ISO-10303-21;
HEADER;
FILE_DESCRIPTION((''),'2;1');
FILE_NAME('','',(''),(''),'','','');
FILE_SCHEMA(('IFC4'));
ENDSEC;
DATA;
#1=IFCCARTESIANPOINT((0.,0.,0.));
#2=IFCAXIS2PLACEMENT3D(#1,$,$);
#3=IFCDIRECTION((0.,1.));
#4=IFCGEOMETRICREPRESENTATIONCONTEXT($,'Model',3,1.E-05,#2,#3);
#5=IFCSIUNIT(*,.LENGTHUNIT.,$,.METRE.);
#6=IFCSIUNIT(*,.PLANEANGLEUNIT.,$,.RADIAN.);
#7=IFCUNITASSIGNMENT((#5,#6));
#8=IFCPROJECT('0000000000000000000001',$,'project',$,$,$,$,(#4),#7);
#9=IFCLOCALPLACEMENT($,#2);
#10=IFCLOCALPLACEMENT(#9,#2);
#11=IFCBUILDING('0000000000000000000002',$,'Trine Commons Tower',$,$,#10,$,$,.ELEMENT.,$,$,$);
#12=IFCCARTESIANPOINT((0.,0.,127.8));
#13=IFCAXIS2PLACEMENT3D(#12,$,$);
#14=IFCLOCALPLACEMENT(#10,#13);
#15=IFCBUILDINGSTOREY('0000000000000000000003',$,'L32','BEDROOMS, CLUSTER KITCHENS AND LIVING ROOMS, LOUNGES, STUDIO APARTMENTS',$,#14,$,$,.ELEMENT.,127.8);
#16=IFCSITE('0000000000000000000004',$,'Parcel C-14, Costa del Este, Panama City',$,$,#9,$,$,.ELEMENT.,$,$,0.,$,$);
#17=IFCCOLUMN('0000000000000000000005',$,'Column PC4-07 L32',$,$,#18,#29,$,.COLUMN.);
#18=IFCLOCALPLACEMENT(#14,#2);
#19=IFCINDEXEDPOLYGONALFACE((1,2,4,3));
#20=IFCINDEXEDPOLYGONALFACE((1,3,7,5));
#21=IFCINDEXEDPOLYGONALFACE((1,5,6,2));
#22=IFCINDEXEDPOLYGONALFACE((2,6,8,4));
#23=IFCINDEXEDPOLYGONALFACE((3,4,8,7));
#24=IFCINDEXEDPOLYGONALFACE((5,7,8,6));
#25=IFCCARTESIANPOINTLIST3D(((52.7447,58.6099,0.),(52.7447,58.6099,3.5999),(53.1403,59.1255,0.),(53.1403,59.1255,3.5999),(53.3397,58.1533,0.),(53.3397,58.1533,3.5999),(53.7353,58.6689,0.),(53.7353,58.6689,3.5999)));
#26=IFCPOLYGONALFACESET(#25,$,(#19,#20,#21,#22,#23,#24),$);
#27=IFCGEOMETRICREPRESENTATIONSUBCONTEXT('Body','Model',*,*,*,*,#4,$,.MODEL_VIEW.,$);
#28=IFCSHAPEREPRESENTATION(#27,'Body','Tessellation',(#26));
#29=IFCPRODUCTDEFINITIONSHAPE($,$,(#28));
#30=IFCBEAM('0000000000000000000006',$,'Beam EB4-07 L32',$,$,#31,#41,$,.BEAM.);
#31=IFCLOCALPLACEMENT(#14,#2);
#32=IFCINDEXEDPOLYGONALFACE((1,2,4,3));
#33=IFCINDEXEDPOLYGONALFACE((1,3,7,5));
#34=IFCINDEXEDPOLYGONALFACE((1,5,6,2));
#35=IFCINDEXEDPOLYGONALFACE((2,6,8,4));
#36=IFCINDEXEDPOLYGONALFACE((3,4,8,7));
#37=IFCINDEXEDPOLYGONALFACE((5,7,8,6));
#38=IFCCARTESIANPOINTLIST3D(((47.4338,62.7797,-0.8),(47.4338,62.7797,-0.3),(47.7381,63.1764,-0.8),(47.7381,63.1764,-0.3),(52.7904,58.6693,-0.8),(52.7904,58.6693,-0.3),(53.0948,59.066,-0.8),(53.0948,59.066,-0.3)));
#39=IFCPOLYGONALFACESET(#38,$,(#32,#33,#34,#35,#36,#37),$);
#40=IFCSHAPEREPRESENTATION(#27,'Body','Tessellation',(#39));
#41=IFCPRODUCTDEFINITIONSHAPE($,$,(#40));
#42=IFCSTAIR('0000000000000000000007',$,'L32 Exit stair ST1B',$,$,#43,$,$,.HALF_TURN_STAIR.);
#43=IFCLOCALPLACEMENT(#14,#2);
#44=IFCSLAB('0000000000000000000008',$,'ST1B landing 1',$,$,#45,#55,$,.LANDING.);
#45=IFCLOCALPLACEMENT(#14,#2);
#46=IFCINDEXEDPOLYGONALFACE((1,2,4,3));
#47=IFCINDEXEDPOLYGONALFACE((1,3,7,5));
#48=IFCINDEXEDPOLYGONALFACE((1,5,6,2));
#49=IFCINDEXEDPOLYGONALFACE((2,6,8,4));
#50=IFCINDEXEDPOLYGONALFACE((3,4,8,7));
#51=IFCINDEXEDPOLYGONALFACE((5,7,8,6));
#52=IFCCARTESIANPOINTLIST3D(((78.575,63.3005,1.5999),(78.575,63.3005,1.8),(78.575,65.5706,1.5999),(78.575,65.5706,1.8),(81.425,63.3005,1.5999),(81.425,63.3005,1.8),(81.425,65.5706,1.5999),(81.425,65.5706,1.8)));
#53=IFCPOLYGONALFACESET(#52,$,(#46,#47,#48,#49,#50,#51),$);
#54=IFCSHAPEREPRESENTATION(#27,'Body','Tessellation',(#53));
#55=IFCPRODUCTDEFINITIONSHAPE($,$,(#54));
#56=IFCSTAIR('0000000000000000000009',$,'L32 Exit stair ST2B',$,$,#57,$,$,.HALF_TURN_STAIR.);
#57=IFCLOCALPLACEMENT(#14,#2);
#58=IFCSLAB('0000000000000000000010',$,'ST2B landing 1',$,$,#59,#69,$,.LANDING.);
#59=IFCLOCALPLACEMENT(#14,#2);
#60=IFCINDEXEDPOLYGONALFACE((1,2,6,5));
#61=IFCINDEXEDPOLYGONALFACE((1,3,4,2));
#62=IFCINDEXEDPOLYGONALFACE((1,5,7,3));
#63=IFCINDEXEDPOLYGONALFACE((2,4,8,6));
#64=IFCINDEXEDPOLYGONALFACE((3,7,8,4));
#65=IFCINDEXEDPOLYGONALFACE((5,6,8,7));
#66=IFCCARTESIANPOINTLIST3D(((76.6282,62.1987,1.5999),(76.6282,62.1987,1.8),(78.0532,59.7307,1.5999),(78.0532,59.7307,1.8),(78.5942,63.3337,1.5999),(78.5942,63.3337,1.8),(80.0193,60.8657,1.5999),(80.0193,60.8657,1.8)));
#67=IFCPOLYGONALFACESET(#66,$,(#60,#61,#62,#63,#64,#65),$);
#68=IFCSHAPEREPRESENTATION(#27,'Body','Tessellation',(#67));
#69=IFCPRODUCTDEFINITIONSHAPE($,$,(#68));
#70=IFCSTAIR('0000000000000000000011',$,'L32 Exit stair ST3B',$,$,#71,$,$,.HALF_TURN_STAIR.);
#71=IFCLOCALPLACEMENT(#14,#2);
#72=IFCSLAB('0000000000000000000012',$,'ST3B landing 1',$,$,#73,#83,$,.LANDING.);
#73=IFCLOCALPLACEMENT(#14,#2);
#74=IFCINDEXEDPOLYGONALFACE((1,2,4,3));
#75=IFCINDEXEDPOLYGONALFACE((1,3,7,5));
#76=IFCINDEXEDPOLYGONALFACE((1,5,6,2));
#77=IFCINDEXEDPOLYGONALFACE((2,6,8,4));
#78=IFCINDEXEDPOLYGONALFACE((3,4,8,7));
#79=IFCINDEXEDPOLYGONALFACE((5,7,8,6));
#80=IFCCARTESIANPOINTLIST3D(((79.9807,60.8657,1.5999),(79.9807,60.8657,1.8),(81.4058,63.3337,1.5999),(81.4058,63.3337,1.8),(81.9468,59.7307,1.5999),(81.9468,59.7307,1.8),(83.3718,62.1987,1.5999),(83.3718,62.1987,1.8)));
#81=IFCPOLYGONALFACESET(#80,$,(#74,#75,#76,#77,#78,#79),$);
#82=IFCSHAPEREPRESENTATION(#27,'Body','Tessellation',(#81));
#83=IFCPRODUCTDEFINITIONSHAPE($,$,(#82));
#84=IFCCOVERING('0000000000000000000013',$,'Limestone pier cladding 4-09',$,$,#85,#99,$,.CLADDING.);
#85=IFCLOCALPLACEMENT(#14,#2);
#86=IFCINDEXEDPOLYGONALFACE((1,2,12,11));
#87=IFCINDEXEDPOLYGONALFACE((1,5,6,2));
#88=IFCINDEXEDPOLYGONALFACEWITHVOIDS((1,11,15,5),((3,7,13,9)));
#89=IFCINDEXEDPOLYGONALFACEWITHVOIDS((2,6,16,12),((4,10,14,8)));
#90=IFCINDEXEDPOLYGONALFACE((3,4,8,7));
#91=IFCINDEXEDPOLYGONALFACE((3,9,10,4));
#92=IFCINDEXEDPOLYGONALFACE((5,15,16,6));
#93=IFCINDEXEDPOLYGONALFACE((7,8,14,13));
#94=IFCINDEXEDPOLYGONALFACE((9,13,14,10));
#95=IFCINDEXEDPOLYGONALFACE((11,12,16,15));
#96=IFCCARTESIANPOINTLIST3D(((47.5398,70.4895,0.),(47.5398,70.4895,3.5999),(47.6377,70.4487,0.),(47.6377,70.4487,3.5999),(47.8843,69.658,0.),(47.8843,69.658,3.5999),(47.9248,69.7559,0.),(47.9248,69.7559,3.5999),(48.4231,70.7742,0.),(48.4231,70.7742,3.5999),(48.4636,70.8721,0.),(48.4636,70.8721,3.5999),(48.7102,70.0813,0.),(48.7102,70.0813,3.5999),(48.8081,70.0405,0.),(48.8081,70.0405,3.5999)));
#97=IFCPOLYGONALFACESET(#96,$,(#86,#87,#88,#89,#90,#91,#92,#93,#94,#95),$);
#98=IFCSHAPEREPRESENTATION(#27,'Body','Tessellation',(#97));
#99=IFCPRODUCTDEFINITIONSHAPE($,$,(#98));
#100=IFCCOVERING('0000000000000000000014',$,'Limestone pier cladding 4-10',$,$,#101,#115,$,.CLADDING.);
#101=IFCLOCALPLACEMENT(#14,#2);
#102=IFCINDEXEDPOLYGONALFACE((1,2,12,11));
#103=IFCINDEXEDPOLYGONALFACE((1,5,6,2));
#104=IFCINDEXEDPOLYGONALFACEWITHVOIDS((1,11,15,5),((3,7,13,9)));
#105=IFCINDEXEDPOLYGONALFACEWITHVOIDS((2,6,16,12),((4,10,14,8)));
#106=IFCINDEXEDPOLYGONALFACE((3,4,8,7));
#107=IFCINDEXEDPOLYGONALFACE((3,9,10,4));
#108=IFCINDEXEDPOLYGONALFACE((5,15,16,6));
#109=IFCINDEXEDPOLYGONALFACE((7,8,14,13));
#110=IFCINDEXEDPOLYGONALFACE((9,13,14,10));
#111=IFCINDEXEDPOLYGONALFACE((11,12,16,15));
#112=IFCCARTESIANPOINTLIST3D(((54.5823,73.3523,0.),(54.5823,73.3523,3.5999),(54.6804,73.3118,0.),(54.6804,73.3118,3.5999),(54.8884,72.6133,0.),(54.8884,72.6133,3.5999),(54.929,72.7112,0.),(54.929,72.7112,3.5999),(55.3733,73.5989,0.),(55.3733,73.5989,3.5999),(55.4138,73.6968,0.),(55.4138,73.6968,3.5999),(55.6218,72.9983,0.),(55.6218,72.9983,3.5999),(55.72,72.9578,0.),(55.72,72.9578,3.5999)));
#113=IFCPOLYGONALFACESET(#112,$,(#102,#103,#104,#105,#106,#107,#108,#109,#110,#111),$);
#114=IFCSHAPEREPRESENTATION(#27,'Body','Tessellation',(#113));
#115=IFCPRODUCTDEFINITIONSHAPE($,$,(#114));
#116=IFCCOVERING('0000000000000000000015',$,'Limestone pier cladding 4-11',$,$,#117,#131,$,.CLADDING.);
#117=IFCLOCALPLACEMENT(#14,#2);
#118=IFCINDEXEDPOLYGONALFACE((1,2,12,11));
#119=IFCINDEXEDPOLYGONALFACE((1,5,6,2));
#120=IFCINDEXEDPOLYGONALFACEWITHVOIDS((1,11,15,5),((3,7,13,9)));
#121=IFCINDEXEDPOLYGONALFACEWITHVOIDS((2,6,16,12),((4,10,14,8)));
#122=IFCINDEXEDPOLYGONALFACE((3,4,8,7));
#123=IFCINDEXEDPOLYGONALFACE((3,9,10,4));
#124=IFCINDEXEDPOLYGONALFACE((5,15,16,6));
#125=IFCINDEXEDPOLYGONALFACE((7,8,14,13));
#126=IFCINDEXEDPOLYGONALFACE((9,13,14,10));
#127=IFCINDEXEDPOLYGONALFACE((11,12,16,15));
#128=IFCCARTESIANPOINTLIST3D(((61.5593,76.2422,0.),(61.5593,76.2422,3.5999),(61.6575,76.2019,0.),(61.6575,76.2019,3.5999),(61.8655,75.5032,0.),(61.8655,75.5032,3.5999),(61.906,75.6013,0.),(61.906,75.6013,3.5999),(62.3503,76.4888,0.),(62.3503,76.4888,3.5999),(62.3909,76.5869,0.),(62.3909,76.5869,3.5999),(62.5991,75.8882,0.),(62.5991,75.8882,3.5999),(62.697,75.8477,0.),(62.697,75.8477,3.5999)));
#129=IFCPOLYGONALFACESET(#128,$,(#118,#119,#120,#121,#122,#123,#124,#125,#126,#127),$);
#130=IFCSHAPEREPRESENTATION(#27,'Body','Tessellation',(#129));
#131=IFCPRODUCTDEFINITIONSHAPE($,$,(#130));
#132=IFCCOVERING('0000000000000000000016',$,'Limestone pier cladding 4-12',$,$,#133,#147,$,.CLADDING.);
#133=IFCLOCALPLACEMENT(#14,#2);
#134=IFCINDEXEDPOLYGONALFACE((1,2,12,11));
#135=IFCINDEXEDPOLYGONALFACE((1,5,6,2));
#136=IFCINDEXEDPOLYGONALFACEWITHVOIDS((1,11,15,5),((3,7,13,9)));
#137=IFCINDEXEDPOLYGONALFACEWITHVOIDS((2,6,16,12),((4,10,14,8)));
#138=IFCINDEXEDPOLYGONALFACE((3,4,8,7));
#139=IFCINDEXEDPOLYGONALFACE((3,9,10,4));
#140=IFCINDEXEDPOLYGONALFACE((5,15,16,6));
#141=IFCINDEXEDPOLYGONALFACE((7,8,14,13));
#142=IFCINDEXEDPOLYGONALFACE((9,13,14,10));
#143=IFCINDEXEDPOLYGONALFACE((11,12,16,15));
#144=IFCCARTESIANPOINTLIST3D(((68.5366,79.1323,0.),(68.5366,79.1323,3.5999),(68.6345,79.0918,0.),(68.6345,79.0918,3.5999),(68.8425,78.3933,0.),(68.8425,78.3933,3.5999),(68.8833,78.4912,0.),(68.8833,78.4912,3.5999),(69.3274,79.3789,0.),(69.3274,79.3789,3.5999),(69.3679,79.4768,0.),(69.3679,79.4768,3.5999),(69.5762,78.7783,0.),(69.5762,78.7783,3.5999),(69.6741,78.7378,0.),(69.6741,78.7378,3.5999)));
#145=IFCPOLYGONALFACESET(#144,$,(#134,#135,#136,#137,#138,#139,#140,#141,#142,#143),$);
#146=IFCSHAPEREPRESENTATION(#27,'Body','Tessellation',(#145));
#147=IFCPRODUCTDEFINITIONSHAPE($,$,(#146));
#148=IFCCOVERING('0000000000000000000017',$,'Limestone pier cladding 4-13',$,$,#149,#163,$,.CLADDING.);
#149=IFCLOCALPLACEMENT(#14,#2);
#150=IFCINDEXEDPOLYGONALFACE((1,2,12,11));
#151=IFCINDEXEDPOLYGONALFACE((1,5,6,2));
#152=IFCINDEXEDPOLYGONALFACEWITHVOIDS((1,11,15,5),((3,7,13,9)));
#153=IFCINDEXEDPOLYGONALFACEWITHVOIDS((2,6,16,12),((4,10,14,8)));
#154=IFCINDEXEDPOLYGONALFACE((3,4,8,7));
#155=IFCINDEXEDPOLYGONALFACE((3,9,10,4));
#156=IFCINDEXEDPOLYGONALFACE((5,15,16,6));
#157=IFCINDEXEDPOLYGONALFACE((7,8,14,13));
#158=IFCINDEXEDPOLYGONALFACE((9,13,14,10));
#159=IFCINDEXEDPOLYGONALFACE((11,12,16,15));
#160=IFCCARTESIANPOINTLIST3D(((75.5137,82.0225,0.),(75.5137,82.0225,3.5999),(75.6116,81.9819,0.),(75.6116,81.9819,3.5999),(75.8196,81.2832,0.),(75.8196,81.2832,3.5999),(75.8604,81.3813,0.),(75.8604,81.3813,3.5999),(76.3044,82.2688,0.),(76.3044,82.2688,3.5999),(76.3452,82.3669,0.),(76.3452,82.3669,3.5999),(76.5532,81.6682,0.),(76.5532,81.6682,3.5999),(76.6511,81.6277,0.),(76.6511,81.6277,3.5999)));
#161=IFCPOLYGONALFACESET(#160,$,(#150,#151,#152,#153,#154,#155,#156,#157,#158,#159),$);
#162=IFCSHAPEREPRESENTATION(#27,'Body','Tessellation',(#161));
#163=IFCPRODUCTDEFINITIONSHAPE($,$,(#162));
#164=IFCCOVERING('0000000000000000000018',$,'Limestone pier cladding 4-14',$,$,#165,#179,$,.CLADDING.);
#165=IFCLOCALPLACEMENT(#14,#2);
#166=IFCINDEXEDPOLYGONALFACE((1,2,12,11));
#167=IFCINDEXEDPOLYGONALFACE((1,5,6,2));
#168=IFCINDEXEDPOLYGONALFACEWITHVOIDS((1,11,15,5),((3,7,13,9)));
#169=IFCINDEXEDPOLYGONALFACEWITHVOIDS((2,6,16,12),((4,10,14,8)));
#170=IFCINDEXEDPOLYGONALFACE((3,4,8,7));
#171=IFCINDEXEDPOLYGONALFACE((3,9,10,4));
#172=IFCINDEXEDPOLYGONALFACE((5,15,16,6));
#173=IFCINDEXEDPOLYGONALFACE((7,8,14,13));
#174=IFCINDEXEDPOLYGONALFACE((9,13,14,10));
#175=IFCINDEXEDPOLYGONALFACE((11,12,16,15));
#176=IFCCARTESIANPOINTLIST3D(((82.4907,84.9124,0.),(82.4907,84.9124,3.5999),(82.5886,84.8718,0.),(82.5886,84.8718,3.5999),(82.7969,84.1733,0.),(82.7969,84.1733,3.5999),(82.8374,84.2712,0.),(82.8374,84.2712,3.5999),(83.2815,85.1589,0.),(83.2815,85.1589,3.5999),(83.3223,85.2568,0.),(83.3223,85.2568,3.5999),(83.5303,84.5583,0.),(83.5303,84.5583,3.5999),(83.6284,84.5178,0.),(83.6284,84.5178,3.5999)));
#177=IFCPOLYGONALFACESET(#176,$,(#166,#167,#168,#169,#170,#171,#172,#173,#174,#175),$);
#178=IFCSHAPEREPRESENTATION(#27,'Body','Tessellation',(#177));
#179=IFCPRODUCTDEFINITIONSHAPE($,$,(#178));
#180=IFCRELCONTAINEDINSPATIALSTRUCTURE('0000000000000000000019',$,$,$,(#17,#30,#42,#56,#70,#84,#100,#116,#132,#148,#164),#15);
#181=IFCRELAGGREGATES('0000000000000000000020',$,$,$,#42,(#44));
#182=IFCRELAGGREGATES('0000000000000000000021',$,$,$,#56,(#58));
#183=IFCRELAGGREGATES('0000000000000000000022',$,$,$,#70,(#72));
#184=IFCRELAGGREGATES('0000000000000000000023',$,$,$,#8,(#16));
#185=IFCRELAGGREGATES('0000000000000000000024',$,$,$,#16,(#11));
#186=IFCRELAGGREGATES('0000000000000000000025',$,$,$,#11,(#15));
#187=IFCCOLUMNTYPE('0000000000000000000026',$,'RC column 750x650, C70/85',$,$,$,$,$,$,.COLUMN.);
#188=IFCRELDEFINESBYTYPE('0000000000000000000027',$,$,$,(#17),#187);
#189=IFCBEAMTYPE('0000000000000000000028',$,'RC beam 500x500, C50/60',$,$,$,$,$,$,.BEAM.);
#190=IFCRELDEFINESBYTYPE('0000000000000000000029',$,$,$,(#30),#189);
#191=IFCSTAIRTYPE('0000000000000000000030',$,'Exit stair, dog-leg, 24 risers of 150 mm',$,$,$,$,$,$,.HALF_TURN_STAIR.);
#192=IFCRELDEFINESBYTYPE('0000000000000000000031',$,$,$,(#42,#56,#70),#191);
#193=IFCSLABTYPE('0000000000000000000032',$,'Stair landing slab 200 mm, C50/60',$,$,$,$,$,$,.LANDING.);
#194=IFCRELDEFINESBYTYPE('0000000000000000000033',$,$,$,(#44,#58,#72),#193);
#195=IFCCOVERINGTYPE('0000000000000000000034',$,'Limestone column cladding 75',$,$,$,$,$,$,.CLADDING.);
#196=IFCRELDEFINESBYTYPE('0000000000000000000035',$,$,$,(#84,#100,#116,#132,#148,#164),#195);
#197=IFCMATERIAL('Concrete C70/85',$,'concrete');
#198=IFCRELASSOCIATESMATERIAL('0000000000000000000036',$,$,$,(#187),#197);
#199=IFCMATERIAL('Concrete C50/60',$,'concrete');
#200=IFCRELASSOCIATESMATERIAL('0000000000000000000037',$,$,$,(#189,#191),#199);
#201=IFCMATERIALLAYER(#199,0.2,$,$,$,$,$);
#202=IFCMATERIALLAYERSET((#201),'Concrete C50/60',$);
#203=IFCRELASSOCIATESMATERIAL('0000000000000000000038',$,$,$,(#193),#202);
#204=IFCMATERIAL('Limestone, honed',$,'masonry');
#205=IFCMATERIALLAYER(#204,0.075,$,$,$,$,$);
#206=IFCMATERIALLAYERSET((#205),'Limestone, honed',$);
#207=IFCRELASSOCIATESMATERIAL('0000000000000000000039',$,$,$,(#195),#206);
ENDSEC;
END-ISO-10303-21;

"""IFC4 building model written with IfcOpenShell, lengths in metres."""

from ifc_helpers import new_model, si_unit, direction, frame, origin, origin_2d, place, context, subcontext, project, spatial, polyline, rectangle, outline, extrude, material, layer, layer_set, material_profile, profile_set, type_object, element, aggregate, save


model = new_model("IFC4")

# Units and contexts
model_context = context("Model", 3, precision=1e-05, world=origin(), true_north=direction((0.0, 1.0)))
body_context = subcontext(model_context, "Body", "Model", "MODEL_VIEW")
ifc_project = project(units=[si_unit("LENGTHUNIT", "METRE"), si_unit("PLANEANGLEUNIT", "RADIAN")], contexts=[model_context])

# Site, building, storey
site_placement = place(None, origin())
site = spatial("IfcSite", under=ifc_project, at=site_placement, Name="Parcel C-14, Costa del Este, Panama City", CompositionType="ELEMENT", RefElevation=0.0)
building_placement = place(site_placement, origin())
building = spatial("IfcBuilding", under=site, at=building_placement, Name="Trine Commons Tower", CompositionType="ELEMENT")
storey_placement = place(building_placement, frame((0.0, 0.0, 127.8)))
storey = spatial("IfcBuildingStorey", under=building, at=storey_placement, Name="L32", Description="BEDROOMS, CLUSTER KITCHENS AND LIVING ROOMS, LOUNGES, STUDIO APARTMENTS", CompositionType="ELEMENT", Elevation=127.8)

# Column
ifc_material_1 = material(Name="Concrete C70/85", Category="concrete")
ifc_material_profile_1 = material_profile(ifc_material_1, rectangle(XDim=0.75, YDim=0.6499, at=origin_2d()), Name="RC 750x650")
ifc_profile_set_1 = profile_set([ifc_material_profile_1], Name="Concrete C70/85")
column_type = type_object("IfcColumnType", Name="RC column 750x650, C70/85", PredefinedType="COLUMN", material=ifc_profile_set_1)
column_placement = place(storey_placement, frame((53.24, 58.6394, 0.0), z_axis=(0.0, 0.0, 1.0), x_axis=(-0.793353, 0.608761, 0.0)))
element("IfcColumn", 1, at=column_placement, inside=storey, type_object=column_type, Name="Column PC4-07 L32", PredefinedType="COLUMN", context=body_context, shape_type="SweptSolid", body=[
    extrude(rectangle(XDim=0.75, YDim=0.6499, at=origin_2d()), origin(), (0.0, 0.0, 1.0), 3.5999),
])

# Beam
ifc_material_2 = material(Name="Concrete C50/60", Category="concrete")
ifc_material_profile_2 = material_profile(ifc_material_2, rectangle(XDim=0.5, YDim=0.5, at=origin_2d()), Name="RC 500x500")
ifc_profile_set_2 = profile_set([ifc_material_profile_2], Name="Concrete C50/60")
beam_type = type_object("IfcBeamType", Name="RC beam 500x500, C50/60", PredefinedType="BEAM", material=ifc_profile_set_2)
beam_placement = place(storey_placement, frame((52.9426, 58.8677, -0.55), z_axis=(-0.793352, 0.608763, 0.0), x_axis=(-0.608763, -0.793352, 0.0)))
element("IfcBeam", 2, at=beam_placement, inside=storey, type_object=beam_type, Name="Beam EB4-07 L32", PredefinedType="BEAM", context=body_context, shape_type="SweptSolid", body=[
    extrude(rectangle(XDim=0.5, YDim=0.5, at=origin_2d()), origin(), (0.0, 0.0, 1.0), 6.752),
])

# Stairs, slabs
stair_type = type_object("IfcStairType", Name="Exit stair, dog-leg, 24 risers of 150 mm", PredefinedType="HALF_TURN_STAIR", material=ifc_material_2)
stair_1_placement = place(storey_placement, origin())
stair_1 = element("IfcStair", 3, at=stair_1_placement, inside=storey, type_object=stair_type, Name="L32 Exit stair ST1B", PredefinedType="HALF_TURN_STAIR")
ifc_layer_1 = layer(ifc_material_2, 0.2)
ifc_layer_set_1 = layer_set([ifc_layer_1], Name="Concrete C50/60")
slab_type = type_object("IfcSlabType", Name="Stair landing slab 200 mm, C50/60", PredefinedType="LANDING", material=ifc_layer_set_1)
slab_1_placement = place(storey_placement, frame((0.0, 0.0, 1.5999)))
slab_1 = element("IfcSlab", 4, at=slab_1_placement, type_object=slab_type, Name="ST1B landing 1", PredefinedType="LANDING", context=body_context, shape_type="SweptSolid", body=[
    extrude(outline(polyline([(78.575, 65.5706), (78.575, 63.3005), (81.425, 63.3005), (81.425, 65.5706), (78.575, 65.5706)])), origin(), (0.0, 0.0, 1.0), 0.2002),
])
aggregate(stair_1, [slab_1])
stair_2_placement = place(storey_placement, origin())
stair_2 = element("IfcStair", 5, at=stair_2_placement, inside=storey, type_object=stair_type, Name="L32 Exit stair ST2B", PredefinedType="HALF_TURN_STAIR")
slab_2_placement = place(storey_placement, frame((0.0, 0.0, 1.5999)))
slab_2 = element("IfcSlab", 6, at=slab_2_placement, type_object=slab_type, Name="ST2B landing 1", PredefinedType="LANDING", context=body_context, shape_type="SweptSolid", body=[
    extrude(outline(polyline([(78.0532, 59.7307), (80.0193, 60.8657), (78.5942, 63.3337), (76.6282, 62.1987), (78.0532, 59.7307)])), origin(), (0.0, 0.0, 1.0), 0.2002),
])
aggregate(stair_2, [slab_2])
stair_3_placement = place(storey_placement, origin())
stair_3 = element("IfcStair", 7, at=stair_3_placement, inside=storey, type_object=stair_type, Name="L32 Exit stair ST3B", PredefinedType="HALF_TURN_STAIR")
slab_3_placement = place(storey_placement, frame((0.0, 0.0, 1.5999)))
slab_3 = element("IfcSlab", 8, at=slab_3_placement, type_object=slab_type, Name="ST3B landing 1", PredefinedType="LANDING", context=body_context, shape_type="SweptSolid", body=[
    extrude(outline(polyline([(83.3718, 62.1987), (81.4058, 63.3337), (79.9807, 60.8657), (81.9468, 59.7307), (83.3718, 62.1987)])), origin(), (0.0, 0.0, 1.0), 0.2002),
])
aggregate(stair_3, [slab_3])

# Coverings
ifc_material_3 = material(Name="Limestone, honed", Category="masonry")
ifc_layer_2 = layer(ifc_material_3, 0.075)
ifc_layer_set_2 = layer_set([ifc_layer_2], Name="Limestone, honed")
covering_type_1 = type_object("IfcCoveringType", Name="Limestone column cladding 75", PredefinedType="CLADDING", material=ifc_layer_set_2)
covering_1_placement = place(storey_placement, origin())
element("IfcCovering", 9, at=covering_1_placement, inside=storey, type_object=covering_type_1, Name="Limestone pier cladding 4-09", PredefinedType="CLADDING", context=body_context, shape_type="SweptSolid", body=[
    extrude(outline(polyline([(48.8081, 70.0405), (48.4636, 70.8721), (47.5398, 70.4895), (47.8843, 69.658), (48.8081, 70.0405)]), holes=[polyline([(48.7102, 70.0813), (48.4231, 70.7742), (47.6377, 70.4487), (47.9248, 69.7559), (48.7102, 70.0813)])]), origin(), (0.0, 0.0, 1.0), 3.5999),
])
covering_2_placement = place(storey_placement, origin())
element("IfcCovering", 10, at=covering_2_placement, inside=storey, type_object=covering_type_1, Name="Limestone pier cladding 4-10", PredefinedType="CLADDING", context=body_context, shape_type="SweptSolid", body=[
    extrude(outline(polyline([(55.72, 72.9578), (55.4138, 73.6968), (54.5823, 73.3523), (54.8884, 72.6133), (55.72, 72.9578)]), holes=[polyline([(55.6218, 72.9983), (55.3733, 73.5989), (54.6804, 73.3118), (54.929, 72.7112), (55.6218, 72.9983)])]), origin(), (0.0, 0.0, 1.0), 3.5999),
])
covering_3_placement = place(storey_placement, origin())
element("IfcCovering", 11, at=covering_3_placement, inside=storey, type_object=covering_type_1, Name="Limestone pier cladding 4-11", PredefinedType="CLADDING", context=body_context, shape_type="SweptSolid", body=[
    extrude(outline(polyline([(62.697, 75.8477), (62.3909, 76.5869), (61.5593, 76.2422), (61.8655, 75.5032), (62.697, 75.8477)]), holes=[polyline([(62.5991, 75.8882), (62.3503, 76.4888), (61.6575, 76.2019), (61.906, 75.6013), (62.5991, 75.8882)])]), origin(), (0.0, 0.0, 1.0), 3.5999),
])
covering_4_placement = place(storey_placement, origin())
element("IfcCovering", 12, at=covering_4_placement, inside=storey, type_object=covering_type_1, Name="Limestone pier cladding 4-12", PredefinedType="CLADDING", context=body_context, shape_type="SweptSolid", body=[
    extrude(outline(polyline([(69.6741, 78.7378), (69.3679, 79.4768), (68.5366, 79.1323), (68.8425, 78.3933), (69.6741, 78.7378)]), holes=[polyline([(69.5762, 78.7783), (69.3274, 79.3789), (68.6345, 79.0918), (68.8833, 78.4912), (69.5762, 78.7783)])]), origin(), (0.0, 0.0, 1.0), 3.5999),
])
covering_5_placement = place(storey_placement, origin())
element("IfcCovering", 13, at=covering_5_placement, inside=storey, type_object=covering_type_1, Name="Limestone pier cladding 4-13", PredefinedType="CLADDING", context=body_context, shape_type="SweptSolid", body=[
    extrude(outline(polyline([(76.6511, 81.6277), (76.3452, 82.3669), (75.5137, 82.0225), (75.8196, 81.2832), (76.6511, 81.6277)]), holes=[polyline([(76.5532, 81.6682), (76.3044, 82.2688), (75.6116, 81.9819), (75.8604, 81.3813), (76.5532, 81.6682)])]), origin(), (0.0, 0.0, 1.0), 3.5999),
])
covering_6_placement = place(storey_placement, origin())
element("IfcCovering", 14, at=covering_6_placement, inside=storey, type_object=covering_type_1, Name="Limestone pier cladding 4-14", PredefinedType="CLADDING", context=body_context, shape_type="SweptSolid", body=[
    extrude(outline(polyline([(83.6284, 84.5178), (83.3223, 85.2568), (82.4907, 84.9124), (82.7969, 84.1733), (83.6284, 84.5178)]), holes=[polyline([(83.5303, 84.5583), (83.2815, 85.1589), (82.5886, 84.8718), (82.8374, 84.2712), (83.5303, 84.5583)])]), origin(), (0.0, 0.0, 1.0), 3.5999),
])

save(model, "model.ifc")
